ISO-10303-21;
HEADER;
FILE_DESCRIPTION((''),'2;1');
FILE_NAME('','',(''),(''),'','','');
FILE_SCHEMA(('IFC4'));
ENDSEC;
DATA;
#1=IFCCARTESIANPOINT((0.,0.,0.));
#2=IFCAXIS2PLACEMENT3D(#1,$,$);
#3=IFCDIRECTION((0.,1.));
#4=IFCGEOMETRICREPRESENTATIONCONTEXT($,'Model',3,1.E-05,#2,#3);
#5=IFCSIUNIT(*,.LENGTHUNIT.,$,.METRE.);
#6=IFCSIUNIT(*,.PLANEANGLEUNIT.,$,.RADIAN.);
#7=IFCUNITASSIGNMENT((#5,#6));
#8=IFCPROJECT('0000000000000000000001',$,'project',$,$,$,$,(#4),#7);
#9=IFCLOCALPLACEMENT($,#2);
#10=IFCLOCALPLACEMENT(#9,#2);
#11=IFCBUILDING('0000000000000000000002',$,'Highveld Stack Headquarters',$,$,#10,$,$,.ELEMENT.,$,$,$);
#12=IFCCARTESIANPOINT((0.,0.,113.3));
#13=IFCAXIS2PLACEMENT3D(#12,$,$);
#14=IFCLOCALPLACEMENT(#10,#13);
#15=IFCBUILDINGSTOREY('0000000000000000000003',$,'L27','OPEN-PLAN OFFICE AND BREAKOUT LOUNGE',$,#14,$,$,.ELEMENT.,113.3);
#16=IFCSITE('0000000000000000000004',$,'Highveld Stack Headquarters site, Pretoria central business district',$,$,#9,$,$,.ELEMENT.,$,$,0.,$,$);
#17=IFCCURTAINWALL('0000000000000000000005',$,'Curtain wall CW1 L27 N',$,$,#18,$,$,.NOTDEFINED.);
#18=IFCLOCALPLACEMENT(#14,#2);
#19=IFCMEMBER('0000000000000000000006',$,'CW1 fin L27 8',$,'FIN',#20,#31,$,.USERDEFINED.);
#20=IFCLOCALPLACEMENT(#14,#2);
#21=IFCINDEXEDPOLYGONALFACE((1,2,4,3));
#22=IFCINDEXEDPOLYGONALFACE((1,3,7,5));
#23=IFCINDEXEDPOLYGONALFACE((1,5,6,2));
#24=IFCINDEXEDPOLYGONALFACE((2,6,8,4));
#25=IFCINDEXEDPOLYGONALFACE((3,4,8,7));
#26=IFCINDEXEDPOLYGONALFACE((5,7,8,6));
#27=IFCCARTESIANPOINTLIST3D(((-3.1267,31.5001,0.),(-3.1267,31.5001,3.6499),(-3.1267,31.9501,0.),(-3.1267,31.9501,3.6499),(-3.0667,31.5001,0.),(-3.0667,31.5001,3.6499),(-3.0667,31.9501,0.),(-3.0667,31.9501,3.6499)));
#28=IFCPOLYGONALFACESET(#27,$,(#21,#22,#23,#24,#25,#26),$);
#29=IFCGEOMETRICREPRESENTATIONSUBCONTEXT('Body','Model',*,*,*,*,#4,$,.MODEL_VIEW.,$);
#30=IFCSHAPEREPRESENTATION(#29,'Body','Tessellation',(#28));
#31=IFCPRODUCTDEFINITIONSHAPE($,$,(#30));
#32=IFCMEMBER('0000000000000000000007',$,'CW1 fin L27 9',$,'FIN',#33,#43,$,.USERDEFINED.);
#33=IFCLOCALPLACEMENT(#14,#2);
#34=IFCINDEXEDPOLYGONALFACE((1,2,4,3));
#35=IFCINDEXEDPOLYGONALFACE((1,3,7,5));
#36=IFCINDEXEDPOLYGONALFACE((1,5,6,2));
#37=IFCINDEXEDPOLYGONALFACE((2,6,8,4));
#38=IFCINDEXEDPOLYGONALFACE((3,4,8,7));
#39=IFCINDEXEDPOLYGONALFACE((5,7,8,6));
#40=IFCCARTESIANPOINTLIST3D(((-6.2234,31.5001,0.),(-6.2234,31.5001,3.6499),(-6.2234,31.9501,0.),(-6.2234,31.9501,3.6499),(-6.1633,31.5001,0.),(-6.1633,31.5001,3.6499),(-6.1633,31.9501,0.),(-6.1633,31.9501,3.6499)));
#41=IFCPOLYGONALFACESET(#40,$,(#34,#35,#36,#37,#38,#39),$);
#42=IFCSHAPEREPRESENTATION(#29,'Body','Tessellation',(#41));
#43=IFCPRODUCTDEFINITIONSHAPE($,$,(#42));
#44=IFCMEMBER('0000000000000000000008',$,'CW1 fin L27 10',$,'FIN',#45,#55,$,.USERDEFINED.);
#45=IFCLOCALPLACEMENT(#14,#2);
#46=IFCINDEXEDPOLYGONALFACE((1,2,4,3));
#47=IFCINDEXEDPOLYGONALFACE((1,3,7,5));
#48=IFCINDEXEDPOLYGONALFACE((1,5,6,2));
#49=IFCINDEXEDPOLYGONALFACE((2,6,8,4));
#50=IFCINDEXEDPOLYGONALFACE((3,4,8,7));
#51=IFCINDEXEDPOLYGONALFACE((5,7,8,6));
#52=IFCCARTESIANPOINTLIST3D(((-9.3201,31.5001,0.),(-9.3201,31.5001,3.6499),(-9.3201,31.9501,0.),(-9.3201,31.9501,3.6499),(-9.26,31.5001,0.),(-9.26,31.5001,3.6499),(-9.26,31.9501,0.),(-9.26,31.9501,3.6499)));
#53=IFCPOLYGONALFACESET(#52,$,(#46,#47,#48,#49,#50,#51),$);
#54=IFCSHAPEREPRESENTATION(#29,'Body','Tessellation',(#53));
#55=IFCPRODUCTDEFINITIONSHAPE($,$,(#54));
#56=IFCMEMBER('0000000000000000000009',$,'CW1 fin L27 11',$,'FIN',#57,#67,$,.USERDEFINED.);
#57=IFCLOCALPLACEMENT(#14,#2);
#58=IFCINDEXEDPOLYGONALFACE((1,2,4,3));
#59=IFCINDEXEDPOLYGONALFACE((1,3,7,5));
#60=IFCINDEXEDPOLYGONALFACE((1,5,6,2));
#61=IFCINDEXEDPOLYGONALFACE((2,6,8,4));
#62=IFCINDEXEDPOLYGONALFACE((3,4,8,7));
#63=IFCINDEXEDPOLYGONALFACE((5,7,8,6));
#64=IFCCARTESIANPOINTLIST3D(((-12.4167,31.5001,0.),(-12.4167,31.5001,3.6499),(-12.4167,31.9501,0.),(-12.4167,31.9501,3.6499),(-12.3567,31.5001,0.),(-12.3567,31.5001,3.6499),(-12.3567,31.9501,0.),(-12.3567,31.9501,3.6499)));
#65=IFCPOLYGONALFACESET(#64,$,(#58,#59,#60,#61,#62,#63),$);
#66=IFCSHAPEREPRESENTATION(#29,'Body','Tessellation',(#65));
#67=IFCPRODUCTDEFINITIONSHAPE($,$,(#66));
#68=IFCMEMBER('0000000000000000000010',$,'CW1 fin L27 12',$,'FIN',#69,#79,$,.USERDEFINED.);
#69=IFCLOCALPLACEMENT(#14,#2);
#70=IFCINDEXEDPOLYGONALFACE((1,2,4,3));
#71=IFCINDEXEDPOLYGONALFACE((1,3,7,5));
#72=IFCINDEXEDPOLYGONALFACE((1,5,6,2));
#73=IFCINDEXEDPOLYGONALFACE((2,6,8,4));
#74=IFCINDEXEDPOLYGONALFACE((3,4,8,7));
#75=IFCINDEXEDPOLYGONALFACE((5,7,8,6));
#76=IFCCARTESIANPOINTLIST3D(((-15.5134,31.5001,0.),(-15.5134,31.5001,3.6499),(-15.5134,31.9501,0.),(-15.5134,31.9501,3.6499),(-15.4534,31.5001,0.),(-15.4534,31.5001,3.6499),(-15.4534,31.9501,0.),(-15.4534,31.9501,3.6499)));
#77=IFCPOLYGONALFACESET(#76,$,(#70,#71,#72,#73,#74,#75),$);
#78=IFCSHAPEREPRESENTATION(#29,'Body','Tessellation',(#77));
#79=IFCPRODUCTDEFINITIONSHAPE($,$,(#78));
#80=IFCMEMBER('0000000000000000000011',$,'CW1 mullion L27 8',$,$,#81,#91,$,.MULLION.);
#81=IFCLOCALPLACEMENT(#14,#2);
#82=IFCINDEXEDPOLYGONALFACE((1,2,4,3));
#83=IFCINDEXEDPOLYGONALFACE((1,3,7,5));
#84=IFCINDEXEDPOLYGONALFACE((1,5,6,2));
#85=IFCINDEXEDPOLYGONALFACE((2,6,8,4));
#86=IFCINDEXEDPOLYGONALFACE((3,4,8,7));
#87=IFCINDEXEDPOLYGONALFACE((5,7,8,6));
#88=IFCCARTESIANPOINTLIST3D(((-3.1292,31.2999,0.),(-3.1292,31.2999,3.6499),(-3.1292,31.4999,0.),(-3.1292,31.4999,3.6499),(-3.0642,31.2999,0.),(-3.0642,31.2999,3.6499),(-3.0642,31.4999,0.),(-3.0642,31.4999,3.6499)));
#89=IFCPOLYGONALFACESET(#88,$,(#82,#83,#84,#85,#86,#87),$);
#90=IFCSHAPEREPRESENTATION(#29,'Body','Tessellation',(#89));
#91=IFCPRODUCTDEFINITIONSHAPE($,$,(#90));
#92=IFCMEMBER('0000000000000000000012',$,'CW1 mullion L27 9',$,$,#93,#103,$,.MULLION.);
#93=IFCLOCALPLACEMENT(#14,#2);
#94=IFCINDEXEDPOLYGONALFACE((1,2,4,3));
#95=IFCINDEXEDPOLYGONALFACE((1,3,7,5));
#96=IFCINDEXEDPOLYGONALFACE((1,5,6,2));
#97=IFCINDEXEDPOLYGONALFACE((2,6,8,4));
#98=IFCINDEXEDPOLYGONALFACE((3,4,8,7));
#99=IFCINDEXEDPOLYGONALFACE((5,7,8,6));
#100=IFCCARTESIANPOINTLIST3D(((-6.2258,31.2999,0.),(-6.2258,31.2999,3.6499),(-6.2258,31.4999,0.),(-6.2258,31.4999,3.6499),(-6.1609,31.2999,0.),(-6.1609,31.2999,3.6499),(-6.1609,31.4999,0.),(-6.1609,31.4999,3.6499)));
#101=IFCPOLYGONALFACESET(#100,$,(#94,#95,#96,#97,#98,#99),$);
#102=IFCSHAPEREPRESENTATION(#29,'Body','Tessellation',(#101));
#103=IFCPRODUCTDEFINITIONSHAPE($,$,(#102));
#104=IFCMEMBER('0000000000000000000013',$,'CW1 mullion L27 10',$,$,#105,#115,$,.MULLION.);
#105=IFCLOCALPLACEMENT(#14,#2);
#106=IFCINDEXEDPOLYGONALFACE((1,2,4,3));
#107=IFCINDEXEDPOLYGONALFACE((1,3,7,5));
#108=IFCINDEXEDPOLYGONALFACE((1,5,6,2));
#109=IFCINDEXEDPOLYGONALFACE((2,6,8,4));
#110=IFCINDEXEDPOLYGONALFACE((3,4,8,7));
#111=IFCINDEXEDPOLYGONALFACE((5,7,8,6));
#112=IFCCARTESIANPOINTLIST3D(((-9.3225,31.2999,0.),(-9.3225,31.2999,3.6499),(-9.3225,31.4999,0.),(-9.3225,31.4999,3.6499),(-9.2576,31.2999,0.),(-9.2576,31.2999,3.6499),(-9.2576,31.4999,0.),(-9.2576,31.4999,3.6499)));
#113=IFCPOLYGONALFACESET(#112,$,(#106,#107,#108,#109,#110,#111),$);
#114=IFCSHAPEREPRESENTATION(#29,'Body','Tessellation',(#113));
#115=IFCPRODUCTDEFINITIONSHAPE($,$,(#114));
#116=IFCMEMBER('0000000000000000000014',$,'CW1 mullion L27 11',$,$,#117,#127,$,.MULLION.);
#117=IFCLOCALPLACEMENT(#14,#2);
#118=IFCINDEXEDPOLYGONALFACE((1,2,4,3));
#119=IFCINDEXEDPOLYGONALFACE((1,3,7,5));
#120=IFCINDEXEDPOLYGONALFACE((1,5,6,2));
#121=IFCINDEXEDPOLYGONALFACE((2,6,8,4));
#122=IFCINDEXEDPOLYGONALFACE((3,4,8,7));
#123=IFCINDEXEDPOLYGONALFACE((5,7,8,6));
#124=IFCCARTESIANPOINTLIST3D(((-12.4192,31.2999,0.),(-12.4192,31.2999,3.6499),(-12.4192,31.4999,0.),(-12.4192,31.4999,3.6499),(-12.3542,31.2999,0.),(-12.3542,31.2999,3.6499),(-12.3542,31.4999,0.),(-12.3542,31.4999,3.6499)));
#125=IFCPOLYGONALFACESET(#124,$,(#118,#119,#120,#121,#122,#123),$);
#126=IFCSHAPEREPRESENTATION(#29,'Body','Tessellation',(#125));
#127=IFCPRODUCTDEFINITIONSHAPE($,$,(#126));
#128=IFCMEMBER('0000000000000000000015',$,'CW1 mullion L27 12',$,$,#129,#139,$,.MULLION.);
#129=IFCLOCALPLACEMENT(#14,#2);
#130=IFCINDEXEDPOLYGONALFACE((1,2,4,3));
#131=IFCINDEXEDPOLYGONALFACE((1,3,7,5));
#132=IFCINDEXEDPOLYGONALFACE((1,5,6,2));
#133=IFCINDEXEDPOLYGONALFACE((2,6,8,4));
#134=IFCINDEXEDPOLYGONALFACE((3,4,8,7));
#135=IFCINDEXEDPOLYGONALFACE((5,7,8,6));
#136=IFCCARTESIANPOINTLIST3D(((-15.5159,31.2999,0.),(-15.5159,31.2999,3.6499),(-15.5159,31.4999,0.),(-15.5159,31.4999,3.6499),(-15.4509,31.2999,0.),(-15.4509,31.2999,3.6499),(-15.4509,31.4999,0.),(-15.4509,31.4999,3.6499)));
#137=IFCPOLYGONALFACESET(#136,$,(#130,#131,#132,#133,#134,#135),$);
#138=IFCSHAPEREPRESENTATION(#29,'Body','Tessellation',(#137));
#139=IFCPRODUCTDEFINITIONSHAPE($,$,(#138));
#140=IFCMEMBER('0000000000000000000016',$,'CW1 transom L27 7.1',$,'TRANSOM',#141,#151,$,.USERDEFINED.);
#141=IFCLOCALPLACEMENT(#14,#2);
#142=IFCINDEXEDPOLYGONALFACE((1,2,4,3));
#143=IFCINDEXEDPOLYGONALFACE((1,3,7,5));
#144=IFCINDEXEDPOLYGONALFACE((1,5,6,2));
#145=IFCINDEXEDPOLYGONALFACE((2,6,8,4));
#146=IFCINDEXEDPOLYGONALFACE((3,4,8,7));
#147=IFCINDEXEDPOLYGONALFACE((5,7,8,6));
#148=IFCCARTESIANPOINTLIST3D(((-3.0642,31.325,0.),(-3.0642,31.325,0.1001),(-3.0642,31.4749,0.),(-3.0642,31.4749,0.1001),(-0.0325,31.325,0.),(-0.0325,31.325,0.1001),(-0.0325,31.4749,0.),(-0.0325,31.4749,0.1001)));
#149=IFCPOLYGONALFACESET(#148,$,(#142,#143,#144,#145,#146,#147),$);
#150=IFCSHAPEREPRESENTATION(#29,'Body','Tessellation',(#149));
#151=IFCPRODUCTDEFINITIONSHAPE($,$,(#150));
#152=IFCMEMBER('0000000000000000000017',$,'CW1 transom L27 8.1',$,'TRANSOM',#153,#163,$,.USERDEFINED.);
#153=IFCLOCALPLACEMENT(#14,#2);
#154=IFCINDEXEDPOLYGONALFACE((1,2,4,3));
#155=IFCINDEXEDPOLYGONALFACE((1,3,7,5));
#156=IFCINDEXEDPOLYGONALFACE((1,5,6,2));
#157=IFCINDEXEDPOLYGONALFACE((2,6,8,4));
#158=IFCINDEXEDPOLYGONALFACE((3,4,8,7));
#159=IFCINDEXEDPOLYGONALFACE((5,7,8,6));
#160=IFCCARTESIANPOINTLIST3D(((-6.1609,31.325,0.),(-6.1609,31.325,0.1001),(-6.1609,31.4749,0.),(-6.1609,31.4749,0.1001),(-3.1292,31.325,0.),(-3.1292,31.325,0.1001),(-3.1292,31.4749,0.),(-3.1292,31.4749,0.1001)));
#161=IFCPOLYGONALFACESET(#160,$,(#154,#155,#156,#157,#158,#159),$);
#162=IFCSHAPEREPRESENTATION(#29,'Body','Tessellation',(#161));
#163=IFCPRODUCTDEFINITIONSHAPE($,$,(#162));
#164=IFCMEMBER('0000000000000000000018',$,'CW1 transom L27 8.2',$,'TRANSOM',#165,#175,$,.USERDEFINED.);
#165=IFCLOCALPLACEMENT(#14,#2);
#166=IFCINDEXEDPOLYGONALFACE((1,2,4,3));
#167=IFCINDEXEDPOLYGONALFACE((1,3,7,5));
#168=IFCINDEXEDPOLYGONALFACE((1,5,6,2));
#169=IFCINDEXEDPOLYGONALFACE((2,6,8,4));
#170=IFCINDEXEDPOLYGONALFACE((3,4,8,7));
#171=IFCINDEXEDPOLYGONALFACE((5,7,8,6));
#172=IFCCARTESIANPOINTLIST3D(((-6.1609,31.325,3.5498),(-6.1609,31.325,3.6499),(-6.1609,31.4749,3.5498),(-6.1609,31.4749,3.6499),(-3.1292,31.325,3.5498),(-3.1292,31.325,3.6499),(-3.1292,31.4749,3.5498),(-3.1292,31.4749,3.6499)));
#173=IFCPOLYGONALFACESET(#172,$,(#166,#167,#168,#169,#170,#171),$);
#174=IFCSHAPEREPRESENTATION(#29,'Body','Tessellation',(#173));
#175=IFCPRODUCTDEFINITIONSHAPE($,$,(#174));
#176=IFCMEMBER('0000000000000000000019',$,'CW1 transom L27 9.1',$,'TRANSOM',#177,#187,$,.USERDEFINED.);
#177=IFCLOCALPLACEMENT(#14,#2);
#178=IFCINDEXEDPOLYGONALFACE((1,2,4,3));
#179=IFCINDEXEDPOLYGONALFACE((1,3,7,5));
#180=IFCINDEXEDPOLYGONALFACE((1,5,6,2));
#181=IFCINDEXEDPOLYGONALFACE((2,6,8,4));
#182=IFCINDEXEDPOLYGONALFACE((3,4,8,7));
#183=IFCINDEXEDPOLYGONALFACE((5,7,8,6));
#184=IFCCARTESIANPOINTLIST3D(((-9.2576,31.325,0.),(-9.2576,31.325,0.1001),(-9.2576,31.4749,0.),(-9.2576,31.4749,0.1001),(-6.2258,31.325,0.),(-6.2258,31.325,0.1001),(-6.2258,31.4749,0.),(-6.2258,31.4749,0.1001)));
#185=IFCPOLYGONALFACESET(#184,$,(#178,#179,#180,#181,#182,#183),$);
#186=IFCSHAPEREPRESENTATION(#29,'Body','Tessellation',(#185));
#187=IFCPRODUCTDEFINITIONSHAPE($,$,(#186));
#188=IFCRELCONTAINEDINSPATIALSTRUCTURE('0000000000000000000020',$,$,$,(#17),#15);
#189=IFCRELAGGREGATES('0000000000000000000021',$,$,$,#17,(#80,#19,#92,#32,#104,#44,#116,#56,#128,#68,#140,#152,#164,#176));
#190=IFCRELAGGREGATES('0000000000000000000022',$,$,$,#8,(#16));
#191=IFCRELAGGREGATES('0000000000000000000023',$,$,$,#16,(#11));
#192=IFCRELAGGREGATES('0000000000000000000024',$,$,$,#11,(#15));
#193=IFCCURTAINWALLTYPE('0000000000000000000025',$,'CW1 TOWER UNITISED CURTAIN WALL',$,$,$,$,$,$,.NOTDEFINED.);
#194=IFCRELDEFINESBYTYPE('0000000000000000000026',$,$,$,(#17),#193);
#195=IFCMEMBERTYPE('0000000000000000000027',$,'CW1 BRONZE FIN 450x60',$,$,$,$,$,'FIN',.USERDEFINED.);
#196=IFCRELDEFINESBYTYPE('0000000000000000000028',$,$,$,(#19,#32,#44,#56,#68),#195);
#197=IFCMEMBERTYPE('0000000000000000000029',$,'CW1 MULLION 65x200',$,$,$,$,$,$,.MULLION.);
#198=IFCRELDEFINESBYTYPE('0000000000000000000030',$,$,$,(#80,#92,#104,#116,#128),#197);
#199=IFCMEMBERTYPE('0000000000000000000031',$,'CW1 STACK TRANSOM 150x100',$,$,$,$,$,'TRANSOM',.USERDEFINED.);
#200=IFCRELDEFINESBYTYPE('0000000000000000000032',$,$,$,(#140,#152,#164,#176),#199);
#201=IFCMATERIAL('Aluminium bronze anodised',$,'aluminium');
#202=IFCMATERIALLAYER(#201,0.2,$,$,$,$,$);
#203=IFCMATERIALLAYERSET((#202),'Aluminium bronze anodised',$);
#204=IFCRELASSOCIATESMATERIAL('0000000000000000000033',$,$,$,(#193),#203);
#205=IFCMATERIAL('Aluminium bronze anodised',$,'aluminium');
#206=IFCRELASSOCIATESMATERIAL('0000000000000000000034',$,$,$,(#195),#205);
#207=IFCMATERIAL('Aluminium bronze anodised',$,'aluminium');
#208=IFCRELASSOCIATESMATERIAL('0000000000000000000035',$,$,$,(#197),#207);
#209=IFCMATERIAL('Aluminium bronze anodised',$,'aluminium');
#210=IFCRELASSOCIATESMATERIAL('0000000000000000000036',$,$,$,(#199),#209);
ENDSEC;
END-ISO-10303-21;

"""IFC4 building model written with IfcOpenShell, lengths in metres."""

from ifc_helpers import new_model, si_unit, direction, frame, origin, origin_2d, place, context, subcontext, project, spatial, rectangle, extrude, material, layer, layer_set, material_profile, profile_set, type_object, element, aggregate, save


model = new_model("IFC4")

# Units and contexts
model_context = context("Model", 3, precision=1e-05, world=origin(), true_north=direction((0.0, 1.0)))
body_context = subcontext(model_context, "Body", "Model", "MODEL_VIEW")
ifc_project = project(units=[si_unit("LENGTHUNIT", "METRE"), si_unit("PLANEANGLEUNIT", "RADIAN")], contexts=[model_context])

# Site, building, storey
site_placement = place(None, origin())
site = spatial("IfcSite", under=ifc_project, at=site_placement, Name="Highveld Stack Headquarters site, Pretoria central business district", CompositionType="ELEMENT", RefElevation=0.0)
building_placement = place(site_placement, origin())
building = spatial("IfcBuilding", under=site, at=building_placement, Name="Highveld Stack Headquarters", CompositionType="ELEMENT")
storey_placement = place(building_placement, frame((0.0, 0.0, 113.3)))
storey = spatial("IfcBuildingStorey", under=building, at=storey_placement, Name="L27", Description="OPEN-PLAN OFFICE AND BREAKOUT LOUNGE", CompositionType="ELEMENT", Elevation=113.3)

# Curtain wall, members
ifc_material_1 = material(Name="Aluminium bronze anodised", Category="aluminium")
ifc_layer_1 = layer(ifc_material_1, 0.2)
ifc_layer_set_1 = layer_set([ifc_layer_1], Name="Aluminium bronze anodised")
curtain_wall_type = type_object("IfcCurtainWallType", Name="CW1 TOWER UNITISED CURTAIN WALL", PredefinedType="NOTDEFINED", material=ifc_layer_set_1)
curtain_wall_placement = place(storey_placement, origin())
curtain_wall = element("IfcCurtainWall", 1, at=curtain_wall_placement, inside=storey, type_object=curtain_wall_type, Name="Curtain wall CW1 L27 N", PredefinedType="NOTDEFINED")
ifc_material_2 = material(Name="Aluminium bronze anodised", Category="aluminium")
ifc_material_profile_1 = material_profile(ifc_material_2, rectangle(XDim=0.45, YDim=0.0601, at=origin_2d()), Name="FIN 450x60")
ifc_profile_set_1 = profile_set([ifc_material_profile_1], Name="Aluminium bronze anodised")
member_type_1 = type_object("IfcMemberType", Name="CW1 BRONZE FIN 450x60", ElementType="FIN", PredefinedType="USERDEFINED", material=ifc_profile_set_1)
member_1_placement = place(storey_placement, frame((-3.0967, 31.7251, 0.0), z_axis=(0.0, 0.0, 1.0), x_axis=(0.0, -1.0, 0.0)))
member_1 = element("IfcMember", 2, at=member_1_placement, type_object=member_type_1, Name="CW1 fin L27 8", ObjectType="FIN", PredefinedType="USERDEFINED", context=body_context, shape_type="SweptSolid", body=[
    extrude(rectangle(XDim=0.45, YDim=0.0601, at=origin_2d()), origin(), (0.0, 0.0, 1.0), 3.6499),
])
member_2_placement = place(storey_placement, frame((-6.1934, 31.7251, 0.0), z_axis=(0.0, 0.0, 1.0), x_axis=(0.0, -1.0, 0.0)))
member_2 = element("IfcMember", 3, at=member_2_placement, type_object=member_type_1, Name="CW1 fin L27 9", ObjectType="FIN", PredefinedType="USERDEFINED", context=body_context, shape_type="SweptSolid", body=[
    extrude(rectangle(XDim=0.45, YDim=0.0601, at=origin_2d()), origin(), (0.0, 0.0, 1.0), 3.6499),
])
member_3_placement = place(storey_placement, frame((-9.29, 31.7251, 0.0), z_axis=(0.0, 0.0, 1.0), x_axis=(0.0, -1.0, 0.0)))
member_3 = element("IfcMember", 4, at=member_3_placement, type_object=member_type_1, Name="CW1 fin L27 10", ObjectType="FIN", PredefinedType="USERDEFINED", context=body_context, shape_type="SweptSolid", body=[
    extrude(rectangle(XDim=0.45, YDim=0.0601, at=origin_2d()), origin(), (0.0, 0.0, 1.0), 3.6499),
])
member_4_placement = place(storey_placement, frame((-12.3867, 31.7251, 0.0), z_axis=(0.0, 0.0, 1.0), x_axis=(0.0, -1.0, 0.0)))
member_4 = element("IfcMember", 5, at=member_4_placement, type_object=member_type_1, Name="CW1 fin L27 11", ObjectType="FIN", PredefinedType="USERDEFINED", context=body_context, shape_type="SweptSolid", body=[
    extrude(rectangle(XDim=0.45, YDim=0.0601, at=origin_2d()), origin(), (0.0, 0.0, 1.0), 3.6499),
])
member_5_placement = place(storey_placement, frame((-15.4834, 31.7251, 0.0), z_axis=(0.0, 0.0, 1.0), x_axis=(0.0, -1.0, 0.0)))
member_5 = element("IfcMember", 6, at=member_5_placement, type_object=member_type_1, Name="CW1 fin L27 12", ObjectType="FIN", PredefinedType="USERDEFINED", context=body_context, shape_type="SweptSolid", body=[
    extrude(rectangle(XDim=0.45, YDim=0.0601, at=origin_2d()), origin(), (0.0, 0.0, 1.0), 3.6499),
])
ifc_material_3 = material(Name="Aluminium bronze anodised", Category="aluminium")
ifc_material_profile_2 = material_profile(ifc_material_3, rectangle(XDim=0.2, YDim=0.0649, at=origin_2d()), Name="CW1 MULLION 65x200")
ifc_profile_set_2 = profile_set([ifc_material_profile_2], Name="Aluminium bronze anodised")
member_type_2 = type_object("IfcMemberType", Name="CW1 MULLION 65x200", PredefinedType="MULLION", material=ifc_profile_set_2)
member_6_placement = place(storey_placement, frame((-3.0967, 31.3999, 0.0), z_axis=(0.0, 0.0, 1.0), x_axis=(0.0, -1.0, 0.0)))
member_6 = element("IfcMember", 7, at=member_6_placement, type_object=member_type_2, Name="CW1 mullion L27 8", PredefinedType="MULLION", context=body_context, shape_type="SweptSolid", body=[
    extrude(rectangle(XDim=0.2, YDim=0.0649, at=origin_2d()), origin(), (0.0, 0.0, 1.0), 3.6499),
])
member_7_placement = place(storey_placement, frame((-6.1934, 31.3999, 0.0), z_axis=(0.0, 0.0, 1.0), x_axis=(0.0, -1.0, 0.0)))
member_7 = element("IfcMember", 8, at=member_7_placement, type_object=member_type_2, Name="CW1 mullion L27 9", PredefinedType="MULLION", context=body_context, shape_type="SweptSolid", body=[
    extrude(rectangle(XDim=0.2, YDim=0.0649, at=origin_2d()), origin(), (0.0, 0.0, 1.0), 3.6499),
])
member_8_placement = place(storey_placement, frame((-9.29, 31.3999, 0.0), z_axis=(0.0, 0.0, 1.0), x_axis=(0.0, -1.0, 0.0)))
member_8 = element("IfcMember", 9, at=member_8_placement, type_object=member_type_2, Name="CW1 mullion L27 10", PredefinedType="MULLION", context=body_context, shape_type="SweptSolid", body=[
    extrude(rectangle(XDim=0.2, YDim=0.0649, at=origin_2d()), origin(), (0.0, 0.0, 1.0), 3.6499),
])
member_9_placement = place(storey_placement, frame((-12.3867, 31.3999, 0.0), z_axis=(0.0, 0.0, 1.0), x_axis=(0.0, -1.0, 0.0)))
member_9 = element("IfcMember", 10, at=member_9_placement, type_object=member_type_2, Name="CW1 mullion L27 11", PredefinedType="MULLION", context=body_context, shape_type="SweptSolid", body=[
    extrude(rectangle(XDim=0.2, YDim=0.0649, at=origin_2d()), origin(), (0.0, 0.0, 1.0), 3.6499),
])
member_10_placement = place(storey_placement, frame((-15.4834, 31.3999, 0.0), z_axis=(0.0, 0.0, 1.0), x_axis=(0.0, -1.0, 0.0)))
member_10 = element("IfcMember", 11, at=member_10_placement, type_object=member_type_2, Name="CW1 mullion L27 12", PredefinedType="MULLION", context=body_context, shape_type="SweptSolid", body=[
    extrude(rectangle(XDim=0.2, YDim=0.0649, at=origin_2d()), origin(), (0.0, 0.0, 1.0), 3.6499),
])
ifc_material_4 = material(Name="Aluminium bronze anodised", Category="aluminium")
ifc_material_profile_3 = material_profile(ifc_material_4, rectangle(XDim=0.1499, YDim=0.1001, at=origin_2d()), Name="CW1 TRANSOM 150x100")
ifc_profile_set_3 = profile_set([ifc_material_profile_3], Name="Aluminium bronze anodised")
member_type_3 = type_object("IfcMemberType", Name="CW1 STACK TRANSOM 150x100", ElementType="TRANSOM", PredefinedType="USERDEFINED", material=ifc_profile_set_3)
member_11_placement = place(storey_placement, frame((-0.0325, 31.3999, 0.05), z_axis=(-1.0, 0.0, 0.0), x_axis=(0.0, -1.0, 0.0)))
member_11 = element("IfcMember", 12, at=member_11_placement, type_object=member_type_3, Name="CW1 transom L27 7.1", ObjectType="TRANSOM", PredefinedType="USERDEFINED", context=body_context, shape_type="SweptSolid", body=[
    extrude(rectangle(XDim=0.1499, YDim=0.1001, at=origin_2d()), origin(), (0.0, 0.0, 1.0), 3.0317),
])
member_12_placement = place(storey_placement, frame((-3.1292, 31.3999, 0.05), z_axis=(-1.0, 0.0, 0.0), x_axis=(0.0, -1.0, 0.0)))
member_12 = element("IfcMember", 13, at=member_12_placement, type_object=member_type_3, Name="CW1 transom L27 8.1", ObjectType="TRANSOM", PredefinedType="USERDEFINED", context=body_context, shape_type="SweptSolid", body=[
    extrude(rectangle(XDim=0.1499, YDim=0.1001, at=origin_2d()), origin(), (0.0, 0.0, 1.0), 3.0317),
])
member_13_placement = place(storey_placement, frame((-3.1292, 31.3999, 3.5999), z_axis=(-1.0, 0.0, 0.0), x_axis=(0.0, -1.0, 0.0)))
member_13 = element("IfcMember", 14, at=member_13_placement, type_object=member_type_3, Name="CW1 transom L27 8.2", ObjectType="TRANSOM", PredefinedType="USERDEFINED", context=body_context, shape_type="SweptSolid", body=[
    extrude(rectangle(XDim=0.1499, YDim=0.1001, at=origin_2d()), origin(), (0.0, 0.0, 1.0), 3.0317),
])
member_14_placement = place(storey_placement, frame((-6.2258, 31.3999, 0.05), z_axis=(-1.0, 0.0, 0.0), x_axis=(0.0, -1.0, 0.0)))
member_14 = element("IfcMember", 15, at=member_14_placement, type_object=member_type_3, Name="CW1 transom L27 9.1", ObjectType="TRANSOM", PredefinedType="USERDEFINED", context=body_context, shape_type="SweptSolid", body=[
    extrude(rectangle(XDim=0.1499, YDim=0.1001, at=origin_2d()), origin(), (0.0, 0.0, 1.0), 3.0317),
])
aggregate(curtain_wall, [member_6, member_1, member_7, member_2, member_8, member_3, member_9, member_4, member_10, member_5, member_11, member_12, member_13, member_14])

save(model, "model.ifc")
